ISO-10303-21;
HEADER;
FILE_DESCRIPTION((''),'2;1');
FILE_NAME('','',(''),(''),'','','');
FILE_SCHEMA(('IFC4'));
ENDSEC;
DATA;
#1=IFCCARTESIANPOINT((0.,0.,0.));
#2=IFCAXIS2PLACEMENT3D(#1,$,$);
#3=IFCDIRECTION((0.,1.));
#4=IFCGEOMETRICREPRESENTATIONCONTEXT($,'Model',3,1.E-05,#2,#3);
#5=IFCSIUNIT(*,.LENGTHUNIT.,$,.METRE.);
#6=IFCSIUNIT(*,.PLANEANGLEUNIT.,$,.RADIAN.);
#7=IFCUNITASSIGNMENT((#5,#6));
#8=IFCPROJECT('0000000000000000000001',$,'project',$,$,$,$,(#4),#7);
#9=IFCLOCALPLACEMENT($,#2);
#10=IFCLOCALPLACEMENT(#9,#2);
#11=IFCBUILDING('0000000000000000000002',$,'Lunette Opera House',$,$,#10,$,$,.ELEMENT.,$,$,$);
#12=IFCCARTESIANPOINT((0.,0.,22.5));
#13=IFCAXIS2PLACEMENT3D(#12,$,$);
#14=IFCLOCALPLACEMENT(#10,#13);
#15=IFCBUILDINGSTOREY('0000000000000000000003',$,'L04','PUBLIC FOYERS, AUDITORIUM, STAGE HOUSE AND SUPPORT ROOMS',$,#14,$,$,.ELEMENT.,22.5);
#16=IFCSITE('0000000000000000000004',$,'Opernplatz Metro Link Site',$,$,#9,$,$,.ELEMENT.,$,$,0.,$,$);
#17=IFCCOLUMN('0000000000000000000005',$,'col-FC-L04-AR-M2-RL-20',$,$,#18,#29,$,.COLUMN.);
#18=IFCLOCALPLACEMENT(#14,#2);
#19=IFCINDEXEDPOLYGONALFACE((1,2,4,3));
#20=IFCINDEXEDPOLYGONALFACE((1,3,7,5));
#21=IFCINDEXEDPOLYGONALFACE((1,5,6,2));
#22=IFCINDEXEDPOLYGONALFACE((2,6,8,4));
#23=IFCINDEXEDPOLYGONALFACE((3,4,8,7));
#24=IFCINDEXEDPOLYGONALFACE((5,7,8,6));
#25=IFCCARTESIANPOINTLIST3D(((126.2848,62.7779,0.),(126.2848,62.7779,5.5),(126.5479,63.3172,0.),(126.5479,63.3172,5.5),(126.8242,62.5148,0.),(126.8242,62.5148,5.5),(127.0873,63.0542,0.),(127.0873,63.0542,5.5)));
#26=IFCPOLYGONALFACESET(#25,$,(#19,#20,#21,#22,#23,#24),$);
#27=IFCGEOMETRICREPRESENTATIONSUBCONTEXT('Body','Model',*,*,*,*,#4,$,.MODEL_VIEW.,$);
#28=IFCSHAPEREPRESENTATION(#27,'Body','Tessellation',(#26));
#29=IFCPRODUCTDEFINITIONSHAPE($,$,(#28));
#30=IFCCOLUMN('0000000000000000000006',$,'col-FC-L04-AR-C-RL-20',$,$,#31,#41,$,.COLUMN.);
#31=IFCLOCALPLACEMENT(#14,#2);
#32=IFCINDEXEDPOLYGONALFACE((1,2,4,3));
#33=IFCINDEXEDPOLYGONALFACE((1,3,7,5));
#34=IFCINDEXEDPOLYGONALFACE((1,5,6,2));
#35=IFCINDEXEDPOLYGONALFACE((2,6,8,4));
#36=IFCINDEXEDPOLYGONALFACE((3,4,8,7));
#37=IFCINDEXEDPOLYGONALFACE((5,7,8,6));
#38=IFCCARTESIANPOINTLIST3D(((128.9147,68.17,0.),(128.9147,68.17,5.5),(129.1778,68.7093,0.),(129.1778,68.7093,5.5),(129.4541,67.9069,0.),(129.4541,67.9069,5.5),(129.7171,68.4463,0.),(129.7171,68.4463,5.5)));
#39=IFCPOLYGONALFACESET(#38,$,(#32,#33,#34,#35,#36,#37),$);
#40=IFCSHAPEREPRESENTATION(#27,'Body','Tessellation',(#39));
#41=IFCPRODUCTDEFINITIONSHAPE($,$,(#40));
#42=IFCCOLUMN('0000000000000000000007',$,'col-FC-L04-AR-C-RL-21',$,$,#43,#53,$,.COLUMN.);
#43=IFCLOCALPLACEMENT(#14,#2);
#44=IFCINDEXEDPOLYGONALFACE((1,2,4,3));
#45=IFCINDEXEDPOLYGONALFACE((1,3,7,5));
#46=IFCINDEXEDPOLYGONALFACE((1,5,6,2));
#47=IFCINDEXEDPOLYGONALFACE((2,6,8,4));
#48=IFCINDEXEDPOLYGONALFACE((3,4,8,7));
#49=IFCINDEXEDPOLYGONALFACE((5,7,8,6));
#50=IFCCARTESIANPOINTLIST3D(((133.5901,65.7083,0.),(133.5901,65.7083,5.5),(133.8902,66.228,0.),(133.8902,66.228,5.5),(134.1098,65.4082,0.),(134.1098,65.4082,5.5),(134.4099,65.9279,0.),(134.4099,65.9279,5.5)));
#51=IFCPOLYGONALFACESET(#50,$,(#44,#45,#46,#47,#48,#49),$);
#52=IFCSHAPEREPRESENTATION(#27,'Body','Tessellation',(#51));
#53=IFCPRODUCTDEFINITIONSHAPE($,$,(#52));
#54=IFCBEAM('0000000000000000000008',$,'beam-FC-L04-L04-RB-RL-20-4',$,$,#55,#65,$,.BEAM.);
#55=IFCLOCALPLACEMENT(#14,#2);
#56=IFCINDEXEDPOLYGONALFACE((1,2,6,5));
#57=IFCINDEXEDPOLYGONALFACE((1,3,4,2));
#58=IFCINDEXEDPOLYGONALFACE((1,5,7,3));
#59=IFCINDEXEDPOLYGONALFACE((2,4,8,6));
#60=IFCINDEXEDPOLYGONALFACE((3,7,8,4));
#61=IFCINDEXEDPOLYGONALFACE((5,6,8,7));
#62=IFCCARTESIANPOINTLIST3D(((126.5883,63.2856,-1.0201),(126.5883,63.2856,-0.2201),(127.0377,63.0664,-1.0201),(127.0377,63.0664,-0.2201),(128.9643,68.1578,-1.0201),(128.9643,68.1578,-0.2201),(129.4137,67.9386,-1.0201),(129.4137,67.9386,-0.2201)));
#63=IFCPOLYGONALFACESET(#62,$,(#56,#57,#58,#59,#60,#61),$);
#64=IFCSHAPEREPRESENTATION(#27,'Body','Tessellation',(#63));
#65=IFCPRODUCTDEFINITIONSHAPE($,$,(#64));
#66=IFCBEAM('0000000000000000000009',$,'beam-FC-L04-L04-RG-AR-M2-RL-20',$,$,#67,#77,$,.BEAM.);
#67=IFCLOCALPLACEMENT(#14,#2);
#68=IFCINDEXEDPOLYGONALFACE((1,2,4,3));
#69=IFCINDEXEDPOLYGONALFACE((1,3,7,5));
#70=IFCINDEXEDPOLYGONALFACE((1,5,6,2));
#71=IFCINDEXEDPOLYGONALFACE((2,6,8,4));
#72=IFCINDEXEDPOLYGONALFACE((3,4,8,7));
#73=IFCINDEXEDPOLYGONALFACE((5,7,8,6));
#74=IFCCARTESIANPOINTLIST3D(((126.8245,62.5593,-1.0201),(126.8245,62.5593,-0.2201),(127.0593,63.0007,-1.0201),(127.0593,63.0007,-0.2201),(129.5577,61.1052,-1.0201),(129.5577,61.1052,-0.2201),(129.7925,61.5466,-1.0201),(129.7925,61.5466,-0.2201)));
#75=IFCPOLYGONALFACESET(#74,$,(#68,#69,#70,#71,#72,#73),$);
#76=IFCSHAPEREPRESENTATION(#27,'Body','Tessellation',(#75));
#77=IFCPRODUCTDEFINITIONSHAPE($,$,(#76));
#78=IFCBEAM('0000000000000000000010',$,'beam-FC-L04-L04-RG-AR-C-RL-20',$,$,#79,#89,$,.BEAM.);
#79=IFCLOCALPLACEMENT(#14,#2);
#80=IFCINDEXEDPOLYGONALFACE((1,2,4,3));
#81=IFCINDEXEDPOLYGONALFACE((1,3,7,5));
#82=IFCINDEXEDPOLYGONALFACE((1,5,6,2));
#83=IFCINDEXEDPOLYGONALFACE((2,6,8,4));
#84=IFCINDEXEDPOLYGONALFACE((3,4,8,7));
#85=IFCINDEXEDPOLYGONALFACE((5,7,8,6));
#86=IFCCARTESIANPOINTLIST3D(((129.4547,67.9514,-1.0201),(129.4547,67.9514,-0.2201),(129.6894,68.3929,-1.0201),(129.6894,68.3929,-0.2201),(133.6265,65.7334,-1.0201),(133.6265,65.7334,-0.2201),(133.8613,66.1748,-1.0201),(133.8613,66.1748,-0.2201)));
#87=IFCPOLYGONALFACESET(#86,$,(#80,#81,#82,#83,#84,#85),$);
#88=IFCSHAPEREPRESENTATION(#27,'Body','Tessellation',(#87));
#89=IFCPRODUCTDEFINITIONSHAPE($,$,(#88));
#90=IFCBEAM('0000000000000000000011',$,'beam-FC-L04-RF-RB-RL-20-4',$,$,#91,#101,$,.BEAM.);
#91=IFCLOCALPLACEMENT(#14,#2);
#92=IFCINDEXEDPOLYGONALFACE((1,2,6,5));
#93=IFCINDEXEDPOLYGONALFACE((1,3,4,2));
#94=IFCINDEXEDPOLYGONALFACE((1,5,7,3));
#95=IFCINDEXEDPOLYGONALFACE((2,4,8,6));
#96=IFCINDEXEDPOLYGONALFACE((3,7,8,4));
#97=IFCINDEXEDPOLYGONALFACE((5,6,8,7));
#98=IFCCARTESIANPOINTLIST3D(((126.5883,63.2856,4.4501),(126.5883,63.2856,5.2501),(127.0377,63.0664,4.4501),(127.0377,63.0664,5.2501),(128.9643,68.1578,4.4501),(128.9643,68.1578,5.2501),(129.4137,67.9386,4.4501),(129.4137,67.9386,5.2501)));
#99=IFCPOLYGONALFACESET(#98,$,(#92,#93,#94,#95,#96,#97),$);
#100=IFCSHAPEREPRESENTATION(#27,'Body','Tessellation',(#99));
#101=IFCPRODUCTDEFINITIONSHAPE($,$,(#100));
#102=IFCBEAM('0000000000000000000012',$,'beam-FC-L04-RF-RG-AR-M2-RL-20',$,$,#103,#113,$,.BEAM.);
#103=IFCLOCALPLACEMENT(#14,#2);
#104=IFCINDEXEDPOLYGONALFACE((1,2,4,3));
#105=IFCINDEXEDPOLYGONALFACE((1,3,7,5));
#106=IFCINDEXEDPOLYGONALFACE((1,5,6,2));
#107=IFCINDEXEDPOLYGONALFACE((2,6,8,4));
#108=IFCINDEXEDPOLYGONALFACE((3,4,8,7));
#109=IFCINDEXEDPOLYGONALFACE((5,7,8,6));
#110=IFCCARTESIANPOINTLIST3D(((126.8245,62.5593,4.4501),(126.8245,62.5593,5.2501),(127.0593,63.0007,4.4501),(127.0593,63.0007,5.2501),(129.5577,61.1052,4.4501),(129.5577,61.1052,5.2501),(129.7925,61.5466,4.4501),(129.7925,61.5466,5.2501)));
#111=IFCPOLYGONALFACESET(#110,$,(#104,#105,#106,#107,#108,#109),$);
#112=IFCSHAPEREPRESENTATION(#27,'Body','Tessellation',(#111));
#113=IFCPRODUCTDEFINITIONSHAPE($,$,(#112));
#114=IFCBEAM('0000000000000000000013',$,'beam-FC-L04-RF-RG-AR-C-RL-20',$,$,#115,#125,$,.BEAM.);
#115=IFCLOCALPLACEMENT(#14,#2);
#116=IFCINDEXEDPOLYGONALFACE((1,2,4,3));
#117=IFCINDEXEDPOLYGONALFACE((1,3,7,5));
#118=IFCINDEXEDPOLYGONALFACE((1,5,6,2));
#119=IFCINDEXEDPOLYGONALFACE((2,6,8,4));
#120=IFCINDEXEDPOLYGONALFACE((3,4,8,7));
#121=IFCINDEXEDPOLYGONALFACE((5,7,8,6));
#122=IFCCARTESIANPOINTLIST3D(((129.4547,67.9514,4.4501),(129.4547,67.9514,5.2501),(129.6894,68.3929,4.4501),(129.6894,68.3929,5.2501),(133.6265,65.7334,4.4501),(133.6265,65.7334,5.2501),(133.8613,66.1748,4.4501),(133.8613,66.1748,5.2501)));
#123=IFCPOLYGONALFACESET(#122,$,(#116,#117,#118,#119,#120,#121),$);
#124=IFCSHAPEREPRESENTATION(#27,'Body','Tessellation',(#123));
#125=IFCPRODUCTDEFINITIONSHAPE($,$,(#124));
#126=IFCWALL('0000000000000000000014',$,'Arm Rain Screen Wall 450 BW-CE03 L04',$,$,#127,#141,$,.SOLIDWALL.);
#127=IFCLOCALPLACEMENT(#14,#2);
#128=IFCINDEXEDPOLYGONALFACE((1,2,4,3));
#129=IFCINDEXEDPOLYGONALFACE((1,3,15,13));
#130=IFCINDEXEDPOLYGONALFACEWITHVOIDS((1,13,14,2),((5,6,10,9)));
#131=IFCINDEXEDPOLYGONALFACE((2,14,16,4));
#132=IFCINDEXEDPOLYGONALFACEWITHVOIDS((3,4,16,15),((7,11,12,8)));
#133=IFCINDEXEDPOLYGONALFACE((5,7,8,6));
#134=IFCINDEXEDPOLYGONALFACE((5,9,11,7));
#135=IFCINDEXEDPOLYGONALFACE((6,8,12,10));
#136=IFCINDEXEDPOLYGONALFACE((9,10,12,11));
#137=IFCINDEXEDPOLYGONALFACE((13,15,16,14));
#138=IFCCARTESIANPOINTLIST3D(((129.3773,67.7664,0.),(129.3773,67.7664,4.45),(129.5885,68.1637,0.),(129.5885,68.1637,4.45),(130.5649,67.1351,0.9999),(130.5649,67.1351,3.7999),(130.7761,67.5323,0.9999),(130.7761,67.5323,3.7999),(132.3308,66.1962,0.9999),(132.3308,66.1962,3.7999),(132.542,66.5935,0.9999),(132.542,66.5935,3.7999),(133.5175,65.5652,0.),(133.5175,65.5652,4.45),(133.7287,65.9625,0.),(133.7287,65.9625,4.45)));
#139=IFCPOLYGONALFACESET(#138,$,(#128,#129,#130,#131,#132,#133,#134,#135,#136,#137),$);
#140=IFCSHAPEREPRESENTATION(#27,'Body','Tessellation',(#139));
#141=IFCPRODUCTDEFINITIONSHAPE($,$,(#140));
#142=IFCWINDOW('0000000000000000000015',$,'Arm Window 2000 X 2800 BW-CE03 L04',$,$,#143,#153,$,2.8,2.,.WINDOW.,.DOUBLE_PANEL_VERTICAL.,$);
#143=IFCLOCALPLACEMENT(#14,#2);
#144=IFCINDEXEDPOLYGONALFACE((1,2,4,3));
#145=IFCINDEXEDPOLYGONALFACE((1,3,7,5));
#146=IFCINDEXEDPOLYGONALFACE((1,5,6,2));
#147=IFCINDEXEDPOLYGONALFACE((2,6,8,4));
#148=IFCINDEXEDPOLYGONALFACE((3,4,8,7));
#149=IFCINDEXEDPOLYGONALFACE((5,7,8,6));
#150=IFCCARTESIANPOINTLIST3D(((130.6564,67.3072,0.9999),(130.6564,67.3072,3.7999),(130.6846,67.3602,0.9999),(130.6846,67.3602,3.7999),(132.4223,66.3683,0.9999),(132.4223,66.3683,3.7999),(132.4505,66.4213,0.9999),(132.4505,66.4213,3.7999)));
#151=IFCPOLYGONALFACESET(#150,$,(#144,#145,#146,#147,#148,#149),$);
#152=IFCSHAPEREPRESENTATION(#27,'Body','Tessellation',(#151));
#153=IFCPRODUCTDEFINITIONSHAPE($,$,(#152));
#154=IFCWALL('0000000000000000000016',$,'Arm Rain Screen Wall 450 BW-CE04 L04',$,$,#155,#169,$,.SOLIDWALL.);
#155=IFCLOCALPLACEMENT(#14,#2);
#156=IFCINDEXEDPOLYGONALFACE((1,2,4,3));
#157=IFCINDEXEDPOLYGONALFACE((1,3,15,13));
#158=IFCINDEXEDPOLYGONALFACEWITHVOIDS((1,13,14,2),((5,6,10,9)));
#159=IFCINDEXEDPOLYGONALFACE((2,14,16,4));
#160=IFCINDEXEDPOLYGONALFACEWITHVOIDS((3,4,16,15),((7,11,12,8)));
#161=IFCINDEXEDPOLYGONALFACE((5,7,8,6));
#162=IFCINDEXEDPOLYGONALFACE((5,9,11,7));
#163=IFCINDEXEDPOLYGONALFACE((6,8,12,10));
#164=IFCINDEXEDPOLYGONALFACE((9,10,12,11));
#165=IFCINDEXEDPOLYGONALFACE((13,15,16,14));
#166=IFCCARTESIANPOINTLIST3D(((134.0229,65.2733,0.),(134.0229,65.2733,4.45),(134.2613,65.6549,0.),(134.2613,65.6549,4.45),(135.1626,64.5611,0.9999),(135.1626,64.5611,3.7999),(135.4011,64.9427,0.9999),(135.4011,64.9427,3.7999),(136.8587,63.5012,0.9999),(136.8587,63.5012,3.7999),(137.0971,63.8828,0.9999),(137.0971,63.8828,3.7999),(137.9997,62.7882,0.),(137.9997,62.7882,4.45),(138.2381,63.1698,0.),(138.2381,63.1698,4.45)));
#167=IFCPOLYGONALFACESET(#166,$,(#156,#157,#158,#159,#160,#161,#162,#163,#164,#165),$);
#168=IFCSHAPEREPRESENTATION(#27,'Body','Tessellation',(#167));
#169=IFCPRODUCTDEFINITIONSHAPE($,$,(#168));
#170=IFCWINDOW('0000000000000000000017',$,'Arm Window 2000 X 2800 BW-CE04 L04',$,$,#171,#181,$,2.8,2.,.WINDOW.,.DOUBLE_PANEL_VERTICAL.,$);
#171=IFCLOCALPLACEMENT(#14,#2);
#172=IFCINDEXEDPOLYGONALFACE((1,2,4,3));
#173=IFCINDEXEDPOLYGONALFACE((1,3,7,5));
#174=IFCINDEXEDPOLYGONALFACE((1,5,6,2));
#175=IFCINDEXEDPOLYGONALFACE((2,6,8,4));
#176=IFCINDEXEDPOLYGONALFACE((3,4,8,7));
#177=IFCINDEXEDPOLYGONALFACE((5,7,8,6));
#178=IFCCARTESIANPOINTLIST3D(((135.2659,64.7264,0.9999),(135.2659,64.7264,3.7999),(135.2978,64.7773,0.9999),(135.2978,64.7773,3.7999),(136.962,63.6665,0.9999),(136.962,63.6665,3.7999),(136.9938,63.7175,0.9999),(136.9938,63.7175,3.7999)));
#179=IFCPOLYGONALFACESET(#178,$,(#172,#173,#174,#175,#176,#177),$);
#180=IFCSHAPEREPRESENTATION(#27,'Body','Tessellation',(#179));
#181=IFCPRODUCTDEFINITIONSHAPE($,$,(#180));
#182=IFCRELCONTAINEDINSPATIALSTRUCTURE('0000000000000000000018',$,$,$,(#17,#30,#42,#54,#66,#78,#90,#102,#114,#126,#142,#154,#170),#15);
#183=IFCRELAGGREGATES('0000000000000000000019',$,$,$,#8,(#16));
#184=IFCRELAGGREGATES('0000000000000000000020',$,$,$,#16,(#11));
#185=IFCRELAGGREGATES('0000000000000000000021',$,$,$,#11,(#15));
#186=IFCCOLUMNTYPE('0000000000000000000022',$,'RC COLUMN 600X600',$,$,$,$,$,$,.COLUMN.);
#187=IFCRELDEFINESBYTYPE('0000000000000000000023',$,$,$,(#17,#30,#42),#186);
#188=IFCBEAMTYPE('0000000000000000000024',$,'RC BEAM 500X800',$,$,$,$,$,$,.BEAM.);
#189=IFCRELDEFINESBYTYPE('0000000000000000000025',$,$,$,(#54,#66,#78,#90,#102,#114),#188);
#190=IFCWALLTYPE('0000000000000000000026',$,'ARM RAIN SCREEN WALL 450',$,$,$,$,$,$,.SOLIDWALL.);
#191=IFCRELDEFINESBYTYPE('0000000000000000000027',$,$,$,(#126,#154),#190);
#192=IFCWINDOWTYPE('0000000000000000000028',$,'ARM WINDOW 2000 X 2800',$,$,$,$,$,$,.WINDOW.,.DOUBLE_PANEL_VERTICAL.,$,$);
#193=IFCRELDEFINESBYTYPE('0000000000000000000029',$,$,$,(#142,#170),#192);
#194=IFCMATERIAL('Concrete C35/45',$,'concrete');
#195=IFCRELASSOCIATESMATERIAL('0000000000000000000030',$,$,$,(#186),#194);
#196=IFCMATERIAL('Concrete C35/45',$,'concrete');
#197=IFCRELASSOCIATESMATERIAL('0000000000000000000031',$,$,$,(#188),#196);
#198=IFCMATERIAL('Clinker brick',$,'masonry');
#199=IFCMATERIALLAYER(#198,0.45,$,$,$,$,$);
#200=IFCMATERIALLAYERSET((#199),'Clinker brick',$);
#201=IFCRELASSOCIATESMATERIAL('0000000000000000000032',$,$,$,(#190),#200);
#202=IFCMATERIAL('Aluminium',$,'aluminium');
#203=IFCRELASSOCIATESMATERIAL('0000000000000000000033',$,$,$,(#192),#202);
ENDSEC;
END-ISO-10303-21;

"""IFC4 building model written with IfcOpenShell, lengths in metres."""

from ifc_helpers import new_model, si_unit, direction, frame, frame_2d, origin, origin_2d, place, context, subcontext, project, spatial, rectangle, extrude, material, layer, layer_set, material_profile, profile_set, type_object, element, fill, save


model = new_model("IFC4")

# Units and contexts
model_context = context("Model", 3, precision=1e-05, world=origin(), true_north=direction((0.0, 1.0)))
body_context = subcontext(model_context, "Body", "Model", "MODEL_VIEW")
ifc_project = project(units=[si_unit("LENGTHUNIT", "METRE"), si_unit("PLANEANGLEUNIT", "RADIAN")], contexts=[model_context])

# Site, building, storey
site_placement = place(None, origin())
site = spatial("IfcSite", under=ifc_project, at=site_placement, Name="Opernplatz Metro Link Site", CompositionType="ELEMENT", RefElevation=0.0)
building_placement = place(site_placement, origin())
building = spatial("IfcBuilding", under=site, at=building_placement, Name="Lunette Opera House", CompositionType="ELEMENT")
storey_placement = place(building_placement, frame((0.0, 0.0, 22.5)))
storey = spatial("IfcBuildingStorey", under=building, at=storey_placement, Name="L04", Description="PUBLIC FOYERS, AUDITORIUM, STAGE HOUSE AND SUPPORT ROOMS", CompositionType="ELEMENT", Elevation=22.5)

# Columns
ifc_material_1 = material(Name="Concrete C35/45", Category="concrete")
ifc_material_profile_1 = material_profile(ifc_material_1, rectangle(XDim=0.6001, YDim=0.6001, at=origin_2d()), Name="RC COLUMN 600X600")
ifc_profile_set_1 = profile_set([ifc_material_profile_1], Name="Concrete C35/45")
column_type = type_object("IfcColumnType", Name="RC COLUMN 600X600", PredefinedType="COLUMN", material=ifc_profile_set_1)
for number, where, z_axis, x_axis, name in (
    (1, (126.686, 62.916, 0.0), (0.0, 0.0, 1.0), (0.898794, -0.438371, 0.0), "col-FC-L04-AR-M2-RL-20"),
    (2, (129.3159, 68.3081, 0.0), (0.0, 0.0, 1.0), (0.898794, -0.438371, 0.0), "col-FC-L04-AR-C-RL-20"),
    (3, (134.0, 65.8181, 0.0), (0.0, 0.0, 1.0), (0.866025, -0.5, 0.0), "col-FC-L04-AR-C-RL-21"),
):
    element("IfcColumn", number, at=place(storey_placement, frame(where, z_axis=z_axis, x_axis=x_axis)), inside=storey, type_object=column_type, Name=name, PredefinedType="COLUMN", context=body_context, shape_type="SweptSolid", body=[
        extrude(rectangle(XDim=0.6001, YDim=0.6001, at=origin_2d()), origin(), (0.0, 0.0, 1.0), 5.5),
    ])

# Beams
ifc_material_2 = material(Name="Concrete C35/45", Category="concrete")
ifc_material_profile_2 = material_profile(ifc_material_2, rectangle(XDim=0.5, YDim=0.8, at=origin_2d()), Name="RC BEAM 500X800")
ifc_profile_set_2 = profile_set([ifc_material_profile_2], Name="Concrete C35/45")
beam_type = type_object("IfcBeamType", Name="RC BEAM 500X800", PredefinedType="BEAM", material=ifc_profile_set_2)
beam_1_placement = place(storey_placement, frame((126.813, 63.176, -0.6201), z_axis=(0.438328, 0.898815, 0.0), x_axis=(-0.898815, 0.438328, 0.0)))
element("IfcBeam", 4, at=beam_1_placement, inside=storey, type_object=beam_type, Name="beam-FC-L04-L04-RB-RL-20-4", PredefinedType="BEAM", context=body_context, shape_type="SweptSolid", body=[
    extrude(rectangle(XDim=0.5, YDim=0.8, at=origin_2d()), origin(), (0.0, 0.0, 1.0), 5.4207),
])
beam_2_placement = place(storey_placement, frame((126.9419, 62.78, -0.6201), z_axis=(0.882833, -0.469688, 0.0), x_axis=(0.469688, 0.882833, 0.0)))
element("IfcBeam", 5, at=beam_2_placement, inside=storey, type_object=beam_type, Name="beam-FC-L04-L04-RG-AR-M2-RL-20", PredefinedType="BEAM", context=body_context, shape_type="SweptSolid", body=[
    extrude(rectangle(XDim=0.5, YDim=0.8, at=origin_2d()), origin(), (0.0, 0.0, 1.0), 3.0959),
])
beam_3_placement = place(storey_placement, frame((129.572, 68.1721, -0.6201), z_axis=(0.882966, -0.469437, 0.0), x_axis=(0.469437, 0.882966, 0.0)))
element("IfcBeam", 6, at=beam_3_placement, inside=storey, type_object=beam_type, Name="beam-FC-L04-L04-RG-AR-C-RL-20", PredefinedType="BEAM", context=body_context, shape_type="SweptSolid", body=[
    extrude(rectangle(XDim=0.5, YDim=0.8, at=origin_2d()), origin(), (0.0, 0.0, 1.0), 4.7249),
])
beam_4_placement = place(storey_placement, frame((126.813, 63.176, 4.8501), z_axis=(0.438328, 0.898815, 0.0), x_axis=(-0.898815, 0.438328, 0.0)))
element("IfcBeam", 7, at=beam_4_placement, inside=storey, type_object=beam_type, Name="beam-FC-L04-RF-RB-RL-20-4", PredefinedType="BEAM", context=body_context, shape_type="SweptSolid", body=[
    extrude(rectangle(XDim=0.5, YDim=0.8, at=origin_2d()), origin(), (0.0, 0.0, 1.0), 5.4207),
])
beam_5_placement = place(storey_placement, frame((126.9419, 62.78, 4.8501), z_axis=(0.882833, -0.469688, 0.0), x_axis=(0.469688, 0.882833, 0.0)))
element("IfcBeam", 8, at=beam_5_placement, inside=storey, type_object=beam_type, Name="beam-FC-L04-RF-RG-AR-M2-RL-20", PredefinedType="BEAM", context=body_context, shape_type="SweptSolid", body=[
    extrude(rectangle(XDim=0.5, YDim=0.8, at=origin_2d()), origin(), (0.0, 0.0, 1.0), 3.0959),
])
beam_6_placement = place(storey_placement, frame((129.572, 68.1721, 4.8501), z_axis=(0.882966, -0.469437, 0.0), x_axis=(0.469437, 0.882966, 0.0)))
element("IfcBeam", 9, at=beam_6_placement, inside=storey, type_object=beam_type, Name="beam-FC-L04-RF-RG-AR-C-RL-20", PredefinedType="BEAM", context=body_context, shape_type="SweptSolid", body=[
    extrude(rectangle(XDim=0.5, YDim=0.8, at=origin_2d()), origin(), (0.0, 0.0, 1.0), 4.7249),
])

# Walls, openings, windows
ifc_material_3 = material(Name="Clinker brick", Category="masonry")
ifc_layer_1 = layer(ifc_material_3, 0.45)
ifc_layer_set_1 = layer_set([ifc_layer_1], Name="Clinker brick")
wall_type_1 = type_object("IfcWallType", Name="ARM RAIN SCREEN WALL 450", PredefinedType="SOLIDWALL", material=ifc_layer_set_1)
wall_1_placement = place(storey_placement, frame((129.4829, 67.9651, 0.0), z_axis=(0.0, 0.0, 1.0), x_axis=(0.882963, -0.469442, 0.0)))
wall_1 = element("IfcWall", 10, at=wall_1_placement, inside=storey, type_object=wall_type_1, Name="Arm Rain Screen Wall 450 BW-CE03 L04", PredefinedType="SOLIDWALL", context=body_context, shape_type="SweptSolid", body=[
    extrude(rectangle(XDim=4.689, YDim=0.45, at=frame_2d((2.3445, 0.0))), origin(), (0.0, 0.0, 1.0), 4.45),
])
opening_1_placement = place(wall_1_placement, frame((1.345, 0.0, 1.0)))
opening_1 = element("IfcOpeningElement", 11, at=opening_1_placement, cuts=wall_1, PredefinedType="OPENING", context=body_context, shape_type="SweptSolid", body=[
    extrude(rectangle(XDim=2.0, YDim=2.8, at=frame_2d((1.0, 1.3999))), frame((0.0, 0.2371, 0.0), z_axis=(0.0, -1.0, 0.0), x_axis=(1.0, 0.0, 0.0)), (0.0, 0.0, 1.0), 0.4739),
])
ifc_material_4 = material(Name="Aluminium", Category="aluminium")
window_type = type_object("IfcWindowType", Name="ARM WINDOW 2000 X 2800", PartitioningType="DOUBLE_PANEL_VERTICAL", PredefinedType="WINDOW", material=ifc_material_4)
window_1_placement = place(opening_1_placement, origin())
window_1 = element("IfcWindow", 12, at=window_1_placement, inside=storey, type_object=window_type, Name="Arm Window 2000 X 2800 BW-CE03 L04", OverallHeight=2.8, OverallWidth=2.0, PartitioningType="DOUBLE_PANEL_VERTICAL", PredefinedType="WINDOW", context=body_context, shape_type="SweptSolid", body=[
    extrude(rectangle(XDim=2.0, YDim=2.8, at=frame_2d((1.0, 1.3999))), frame((0.0, 0.03, 0.0), z_axis=(0.0, -1.0, 0.0), x_axis=(1.0, 0.0, 0.0)), (0.0, 0.0, 1.0), 0.0601),
])
fill(opening_1, window_1)
wall_2_placement = place(storey_placement, frame((134.1421, 65.4641, 0.0), z_axis=(0.0, 0.0, 1.0), x_axis=(0.848036, -0.529938, 0.0)))
wall_2 = element("IfcWall", 13, at=wall_2_placement, inside=storey, type_object=wall_type_1, Name="Arm Rain Screen Wall 450 BW-CE04 L04", PredefinedType="SOLIDWALL", context=body_context, shape_type="SweptSolid", body=[
    extrude(rectangle(XDim=4.6895, YDim=0.45, at=frame_2d((2.3447, 0.0))), origin(), (0.0, 0.0, 1.0), 4.45),
])
opening_2_placement = place(wall_2_placement, frame((1.344, 0.0, 1.0)))
opening_2 = element("IfcOpeningElement", 14, at=opening_2_placement, cuts=wall_2, PredefinedType="OPENING", context=body_context, shape_type="SweptSolid", body=[
    extrude(rectangle(XDim=2.0, YDim=2.8, at=frame_2d((1.0, 1.3999))), frame((0.0, 0.2371, 0.0), z_axis=(0.0, -1.0, 0.0), x_axis=(1.0, 0.0, 0.0)), (0.0, 0.0, 1.0), 0.4739),
])
window_2_placement = place(opening_2_placement, origin())
window_2 = element("IfcWindow", 15, at=window_2_placement, inside=storey, type_object=window_type, Name="Arm Window 2000 X 2800 BW-CE04 L04", OverallHeight=2.8, OverallWidth=2.0, PartitioningType="DOUBLE_PANEL_VERTICAL", PredefinedType="WINDOW", context=body_context, shape_type="SweptSolid", body=[
    extrude(rectangle(XDim=2.0, YDim=2.8, at=frame_2d((1.0, 1.3999))), frame((0.0, 0.03, 0.0), z_axis=(0.0, -1.0, 0.0), x_axis=(1.0, 0.0, 0.0)), (0.0, 0.0, 1.0), 0.0601),
])
fill(opening_2, window_2)

save(model, "model.ifc")
